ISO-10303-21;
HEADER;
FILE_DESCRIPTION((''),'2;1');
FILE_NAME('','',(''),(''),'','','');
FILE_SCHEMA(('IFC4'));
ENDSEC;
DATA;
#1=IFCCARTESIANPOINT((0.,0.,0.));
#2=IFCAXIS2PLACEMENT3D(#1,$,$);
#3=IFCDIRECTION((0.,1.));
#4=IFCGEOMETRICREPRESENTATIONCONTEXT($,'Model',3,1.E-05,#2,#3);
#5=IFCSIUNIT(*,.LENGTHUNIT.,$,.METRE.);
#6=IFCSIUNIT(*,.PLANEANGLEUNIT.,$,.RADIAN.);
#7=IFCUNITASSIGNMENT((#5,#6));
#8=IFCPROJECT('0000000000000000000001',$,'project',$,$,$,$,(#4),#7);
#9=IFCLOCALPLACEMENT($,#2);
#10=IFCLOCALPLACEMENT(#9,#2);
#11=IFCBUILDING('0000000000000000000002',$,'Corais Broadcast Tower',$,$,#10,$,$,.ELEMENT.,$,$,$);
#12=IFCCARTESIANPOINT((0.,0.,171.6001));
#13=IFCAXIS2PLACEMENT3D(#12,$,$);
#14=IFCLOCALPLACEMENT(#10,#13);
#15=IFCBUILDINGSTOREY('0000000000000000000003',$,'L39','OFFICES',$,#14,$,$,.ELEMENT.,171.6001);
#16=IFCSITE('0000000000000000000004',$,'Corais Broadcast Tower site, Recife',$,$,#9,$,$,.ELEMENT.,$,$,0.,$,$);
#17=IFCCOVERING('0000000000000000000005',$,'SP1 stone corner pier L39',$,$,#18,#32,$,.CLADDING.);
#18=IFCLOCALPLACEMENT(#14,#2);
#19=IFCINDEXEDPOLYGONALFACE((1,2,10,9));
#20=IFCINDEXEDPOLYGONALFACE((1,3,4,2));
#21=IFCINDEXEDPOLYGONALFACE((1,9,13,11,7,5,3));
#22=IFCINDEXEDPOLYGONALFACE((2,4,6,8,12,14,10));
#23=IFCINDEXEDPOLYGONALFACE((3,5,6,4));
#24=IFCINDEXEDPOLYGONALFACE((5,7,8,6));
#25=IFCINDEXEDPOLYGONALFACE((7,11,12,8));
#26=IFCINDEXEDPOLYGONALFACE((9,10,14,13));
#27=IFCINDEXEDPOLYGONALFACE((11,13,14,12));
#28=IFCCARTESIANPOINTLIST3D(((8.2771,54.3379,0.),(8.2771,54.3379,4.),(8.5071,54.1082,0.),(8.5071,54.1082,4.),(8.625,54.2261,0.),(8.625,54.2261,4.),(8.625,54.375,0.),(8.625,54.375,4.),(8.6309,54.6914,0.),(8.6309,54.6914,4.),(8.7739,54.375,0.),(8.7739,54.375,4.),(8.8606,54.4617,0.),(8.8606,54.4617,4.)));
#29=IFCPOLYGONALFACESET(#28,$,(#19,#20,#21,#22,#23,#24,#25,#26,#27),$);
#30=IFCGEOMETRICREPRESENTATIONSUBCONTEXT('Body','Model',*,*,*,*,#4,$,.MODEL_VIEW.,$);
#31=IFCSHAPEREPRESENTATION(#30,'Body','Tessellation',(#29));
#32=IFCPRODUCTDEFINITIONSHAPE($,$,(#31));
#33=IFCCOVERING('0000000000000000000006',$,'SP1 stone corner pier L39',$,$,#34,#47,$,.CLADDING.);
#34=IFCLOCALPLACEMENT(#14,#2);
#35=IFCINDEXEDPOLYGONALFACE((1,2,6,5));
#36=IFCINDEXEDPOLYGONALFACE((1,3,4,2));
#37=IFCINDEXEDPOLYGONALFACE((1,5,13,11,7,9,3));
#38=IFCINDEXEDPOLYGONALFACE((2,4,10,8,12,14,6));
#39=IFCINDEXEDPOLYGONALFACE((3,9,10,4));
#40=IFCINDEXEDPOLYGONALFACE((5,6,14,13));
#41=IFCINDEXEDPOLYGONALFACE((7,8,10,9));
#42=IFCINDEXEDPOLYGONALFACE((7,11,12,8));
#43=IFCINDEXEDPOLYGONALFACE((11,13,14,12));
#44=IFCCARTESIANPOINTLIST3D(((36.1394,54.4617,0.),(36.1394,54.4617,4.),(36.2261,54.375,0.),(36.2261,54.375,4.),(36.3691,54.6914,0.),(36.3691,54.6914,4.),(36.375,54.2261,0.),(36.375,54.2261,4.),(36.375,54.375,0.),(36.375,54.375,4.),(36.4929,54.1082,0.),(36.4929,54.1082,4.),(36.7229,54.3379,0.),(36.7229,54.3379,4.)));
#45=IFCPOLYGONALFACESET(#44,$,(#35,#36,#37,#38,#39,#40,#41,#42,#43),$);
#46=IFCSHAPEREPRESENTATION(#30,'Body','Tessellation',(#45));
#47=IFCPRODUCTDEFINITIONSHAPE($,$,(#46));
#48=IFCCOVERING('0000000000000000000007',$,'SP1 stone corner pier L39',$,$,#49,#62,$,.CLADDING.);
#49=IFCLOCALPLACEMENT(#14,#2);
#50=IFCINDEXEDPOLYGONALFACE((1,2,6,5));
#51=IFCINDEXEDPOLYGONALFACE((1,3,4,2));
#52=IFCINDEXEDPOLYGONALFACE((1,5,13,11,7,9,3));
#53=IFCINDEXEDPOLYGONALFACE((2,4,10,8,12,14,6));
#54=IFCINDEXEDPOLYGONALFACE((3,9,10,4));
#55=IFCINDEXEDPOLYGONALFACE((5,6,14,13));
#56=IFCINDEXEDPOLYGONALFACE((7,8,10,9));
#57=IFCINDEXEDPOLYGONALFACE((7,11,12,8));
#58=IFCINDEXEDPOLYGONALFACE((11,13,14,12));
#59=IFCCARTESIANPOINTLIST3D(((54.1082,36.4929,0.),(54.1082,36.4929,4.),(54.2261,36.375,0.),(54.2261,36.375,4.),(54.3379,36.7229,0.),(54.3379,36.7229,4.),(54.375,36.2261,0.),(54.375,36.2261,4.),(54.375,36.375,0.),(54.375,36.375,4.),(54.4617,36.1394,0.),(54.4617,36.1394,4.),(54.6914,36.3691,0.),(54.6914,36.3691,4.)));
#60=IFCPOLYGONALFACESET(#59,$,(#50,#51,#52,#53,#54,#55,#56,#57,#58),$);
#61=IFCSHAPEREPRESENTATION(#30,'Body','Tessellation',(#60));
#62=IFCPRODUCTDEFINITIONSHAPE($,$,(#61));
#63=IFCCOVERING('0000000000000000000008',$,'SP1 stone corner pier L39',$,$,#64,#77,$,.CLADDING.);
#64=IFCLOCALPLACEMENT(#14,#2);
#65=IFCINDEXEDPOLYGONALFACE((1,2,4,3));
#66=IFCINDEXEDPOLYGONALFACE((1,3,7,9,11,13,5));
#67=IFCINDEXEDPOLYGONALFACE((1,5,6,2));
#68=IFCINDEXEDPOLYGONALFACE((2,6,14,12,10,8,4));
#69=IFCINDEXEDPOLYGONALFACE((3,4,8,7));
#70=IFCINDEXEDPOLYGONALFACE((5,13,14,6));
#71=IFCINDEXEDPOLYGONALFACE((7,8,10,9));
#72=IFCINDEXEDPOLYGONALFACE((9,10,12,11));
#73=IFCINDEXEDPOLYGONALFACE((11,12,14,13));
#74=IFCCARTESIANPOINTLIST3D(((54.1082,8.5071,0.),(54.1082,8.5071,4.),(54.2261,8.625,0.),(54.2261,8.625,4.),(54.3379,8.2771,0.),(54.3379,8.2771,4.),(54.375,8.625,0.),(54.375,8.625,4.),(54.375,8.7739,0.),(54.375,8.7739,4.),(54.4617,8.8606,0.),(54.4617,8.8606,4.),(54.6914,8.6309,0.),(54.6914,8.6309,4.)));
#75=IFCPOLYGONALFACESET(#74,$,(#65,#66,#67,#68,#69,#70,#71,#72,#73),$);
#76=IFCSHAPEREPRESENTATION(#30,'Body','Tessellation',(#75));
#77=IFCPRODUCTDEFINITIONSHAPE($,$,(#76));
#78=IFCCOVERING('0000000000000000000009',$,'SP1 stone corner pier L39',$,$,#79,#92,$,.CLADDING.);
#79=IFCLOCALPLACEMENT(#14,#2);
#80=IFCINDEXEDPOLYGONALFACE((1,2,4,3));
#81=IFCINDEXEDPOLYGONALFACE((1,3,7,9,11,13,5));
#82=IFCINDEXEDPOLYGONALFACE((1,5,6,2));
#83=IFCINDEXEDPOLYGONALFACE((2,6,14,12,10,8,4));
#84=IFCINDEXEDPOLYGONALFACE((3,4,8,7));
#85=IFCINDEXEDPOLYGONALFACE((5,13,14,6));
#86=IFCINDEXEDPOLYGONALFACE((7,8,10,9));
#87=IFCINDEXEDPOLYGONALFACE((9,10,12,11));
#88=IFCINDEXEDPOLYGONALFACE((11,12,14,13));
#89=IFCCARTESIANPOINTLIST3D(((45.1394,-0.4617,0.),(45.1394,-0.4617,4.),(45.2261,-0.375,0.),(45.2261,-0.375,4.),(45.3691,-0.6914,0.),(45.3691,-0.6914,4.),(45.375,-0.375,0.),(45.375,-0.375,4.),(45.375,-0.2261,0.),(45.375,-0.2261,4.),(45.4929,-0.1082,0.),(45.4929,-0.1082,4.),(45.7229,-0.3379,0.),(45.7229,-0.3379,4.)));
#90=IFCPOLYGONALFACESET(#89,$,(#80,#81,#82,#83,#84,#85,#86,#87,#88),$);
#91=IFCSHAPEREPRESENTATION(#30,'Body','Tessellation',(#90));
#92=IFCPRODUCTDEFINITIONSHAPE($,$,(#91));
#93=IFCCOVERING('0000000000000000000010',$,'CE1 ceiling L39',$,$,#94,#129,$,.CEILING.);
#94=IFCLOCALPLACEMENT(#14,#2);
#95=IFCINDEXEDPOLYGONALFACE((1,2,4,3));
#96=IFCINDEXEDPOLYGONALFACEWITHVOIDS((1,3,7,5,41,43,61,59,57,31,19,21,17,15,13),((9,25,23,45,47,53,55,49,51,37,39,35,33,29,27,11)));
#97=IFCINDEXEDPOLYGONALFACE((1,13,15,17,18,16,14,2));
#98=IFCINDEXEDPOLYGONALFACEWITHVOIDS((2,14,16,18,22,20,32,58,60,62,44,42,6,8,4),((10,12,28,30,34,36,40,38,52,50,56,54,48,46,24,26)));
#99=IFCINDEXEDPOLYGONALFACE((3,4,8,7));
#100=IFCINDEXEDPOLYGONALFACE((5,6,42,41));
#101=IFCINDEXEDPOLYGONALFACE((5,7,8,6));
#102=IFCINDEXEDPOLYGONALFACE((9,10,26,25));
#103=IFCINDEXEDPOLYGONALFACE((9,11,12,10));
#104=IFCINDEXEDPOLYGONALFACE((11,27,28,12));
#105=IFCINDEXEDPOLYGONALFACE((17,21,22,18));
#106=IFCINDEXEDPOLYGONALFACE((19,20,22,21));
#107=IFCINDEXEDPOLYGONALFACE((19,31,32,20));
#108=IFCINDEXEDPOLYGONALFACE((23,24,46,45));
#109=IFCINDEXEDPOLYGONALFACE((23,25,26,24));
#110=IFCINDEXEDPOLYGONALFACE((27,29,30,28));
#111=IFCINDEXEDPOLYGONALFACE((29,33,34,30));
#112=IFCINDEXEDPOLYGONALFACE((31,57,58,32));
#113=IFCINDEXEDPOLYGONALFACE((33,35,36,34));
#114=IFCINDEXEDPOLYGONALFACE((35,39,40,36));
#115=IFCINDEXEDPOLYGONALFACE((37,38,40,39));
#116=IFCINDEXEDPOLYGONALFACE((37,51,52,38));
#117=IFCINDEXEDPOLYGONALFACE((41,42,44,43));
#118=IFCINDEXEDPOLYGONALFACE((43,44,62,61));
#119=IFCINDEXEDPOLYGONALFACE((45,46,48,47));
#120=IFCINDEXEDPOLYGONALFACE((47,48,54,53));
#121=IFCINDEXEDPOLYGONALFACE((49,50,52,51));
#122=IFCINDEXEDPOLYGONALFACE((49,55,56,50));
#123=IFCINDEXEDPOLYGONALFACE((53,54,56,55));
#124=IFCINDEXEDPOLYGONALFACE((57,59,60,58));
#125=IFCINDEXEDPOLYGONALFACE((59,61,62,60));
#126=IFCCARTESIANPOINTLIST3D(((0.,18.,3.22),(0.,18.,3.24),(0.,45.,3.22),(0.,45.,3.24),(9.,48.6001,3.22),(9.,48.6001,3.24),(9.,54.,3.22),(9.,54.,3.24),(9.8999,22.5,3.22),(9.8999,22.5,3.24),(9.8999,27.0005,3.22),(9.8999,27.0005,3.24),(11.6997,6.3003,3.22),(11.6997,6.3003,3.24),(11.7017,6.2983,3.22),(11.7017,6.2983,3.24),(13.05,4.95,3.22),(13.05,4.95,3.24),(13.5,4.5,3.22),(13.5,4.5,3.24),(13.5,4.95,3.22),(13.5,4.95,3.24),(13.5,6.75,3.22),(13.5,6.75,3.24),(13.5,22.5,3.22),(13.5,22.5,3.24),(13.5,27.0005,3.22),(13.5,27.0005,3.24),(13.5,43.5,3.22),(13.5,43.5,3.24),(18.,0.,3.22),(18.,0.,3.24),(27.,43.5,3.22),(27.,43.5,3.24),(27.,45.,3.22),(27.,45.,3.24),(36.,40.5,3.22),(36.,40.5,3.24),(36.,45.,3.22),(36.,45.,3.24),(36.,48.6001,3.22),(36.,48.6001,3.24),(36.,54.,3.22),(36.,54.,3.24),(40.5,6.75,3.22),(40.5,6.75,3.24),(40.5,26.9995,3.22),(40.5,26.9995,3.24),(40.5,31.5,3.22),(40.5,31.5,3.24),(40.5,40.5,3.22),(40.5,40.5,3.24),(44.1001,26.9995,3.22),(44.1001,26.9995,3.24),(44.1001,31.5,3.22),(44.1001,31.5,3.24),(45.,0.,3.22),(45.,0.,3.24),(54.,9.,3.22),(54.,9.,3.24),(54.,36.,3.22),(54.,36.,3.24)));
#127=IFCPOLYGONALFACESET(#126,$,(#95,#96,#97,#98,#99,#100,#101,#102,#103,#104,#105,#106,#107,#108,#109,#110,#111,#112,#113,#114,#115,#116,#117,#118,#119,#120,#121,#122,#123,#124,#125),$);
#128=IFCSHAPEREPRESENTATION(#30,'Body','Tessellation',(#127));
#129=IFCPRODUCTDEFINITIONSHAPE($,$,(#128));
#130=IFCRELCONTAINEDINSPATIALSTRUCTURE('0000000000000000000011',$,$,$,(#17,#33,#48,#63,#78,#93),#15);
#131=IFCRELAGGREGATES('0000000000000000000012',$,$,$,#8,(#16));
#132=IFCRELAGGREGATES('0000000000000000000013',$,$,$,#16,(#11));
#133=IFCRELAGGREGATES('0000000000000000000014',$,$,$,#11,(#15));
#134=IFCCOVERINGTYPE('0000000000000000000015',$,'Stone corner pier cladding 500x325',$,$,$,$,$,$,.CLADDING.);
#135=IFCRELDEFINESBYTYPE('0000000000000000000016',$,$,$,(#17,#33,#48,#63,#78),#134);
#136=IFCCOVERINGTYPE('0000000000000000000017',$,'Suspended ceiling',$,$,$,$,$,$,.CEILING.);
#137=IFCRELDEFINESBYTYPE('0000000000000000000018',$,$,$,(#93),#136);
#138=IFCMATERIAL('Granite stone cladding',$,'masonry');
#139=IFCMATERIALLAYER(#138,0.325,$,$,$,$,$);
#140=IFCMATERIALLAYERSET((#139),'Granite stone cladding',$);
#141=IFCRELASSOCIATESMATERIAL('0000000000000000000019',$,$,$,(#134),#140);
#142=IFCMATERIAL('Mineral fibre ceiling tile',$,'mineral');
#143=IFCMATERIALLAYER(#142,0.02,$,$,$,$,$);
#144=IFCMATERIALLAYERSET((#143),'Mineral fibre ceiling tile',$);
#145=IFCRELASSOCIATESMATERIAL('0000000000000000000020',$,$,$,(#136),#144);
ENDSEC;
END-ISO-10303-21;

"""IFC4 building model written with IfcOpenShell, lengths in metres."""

from ifc_helpers import new_model, si_unit, direction, frame, origin, place, context, subcontext, project, spatial, polyline, outline, extrude, material, layer, layer_set, type_object, element, save


model = new_model("IFC4")

# Units and contexts
model_context = context("Model", 3, precision=1e-05, world=origin(), true_north=direction((0.0, 1.0)))
body_context = subcontext(model_context, "Body", "Model", "MODEL_VIEW")
ifc_project = project(units=[si_unit("LENGTHUNIT", "METRE"), si_unit("PLANEANGLEUNIT", "RADIAN")], contexts=[model_context])

# Site, building, storey
site_placement = place(None, origin())
site = spatial("IfcSite", under=ifc_project, at=site_placement, Name="Corais Broadcast Tower site, Recife", CompositionType="ELEMENT", RefElevation=0.0)
building_placement = place(site_placement, origin())
building = spatial("IfcBuilding", under=site, at=building_placement, Name="Corais Broadcast Tower", CompositionType="ELEMENT")
storey_placement = place(building_placement, frame((0.0, 0.0, 171.6001)))
storey = spatial("IfcBuildingStorey", under=building, at=storey_placement, Name="L39", Description="OFFICES", CompositionType="ELEMENT", Elevation=171.6001)

# Coverings
ifc_material_1 = material(Name="Granite stone cladding", Category="masonry")
ifc_layer_1 = layer(ifc_material_1, 0.325)
ifc_layer_set_1 = layer_set([ifc_layer_1], Name="Granite stone cladding")
covering_type_1 = type_object("IfcCoveringType", Name="Stone corner pier cladding 500x325", PredefinedType="CLADDING", material=ifc_layer_set_1)
covering_1_placement = place(storey_placement, origin())
element("IfcCovering", 1, at=covering_1_placement, inside=storey, type_object=covering_type_1, Name="SP1 stone corner pier L39", PredefinedType="CLADDING", context=body_context, shape_type="SweptSolid", body=[
    extrude(outline(polyline([(8.7739, 54.375), (8.8606, 54.4617), (8.6309, 54.6914), (8.2771, 54.3379), (8.5071, 54.1082), (8.625, 54.2261), (8.625, 54.375), (8.7739, 54.375)])), origin(), (0.0, 0.0, 1.0), 4.0),
])
covering_2_placement = place(storey_placement, origin())
element("IfcCovering", 2, at=covering_2_placement, inside=storey, type_object=covering_type_1, Name="SP1 stone corner pier L39", PredefinedType="CLADDING", context=body_context, shape_type="SweptSolid", body=[
    extrude(outline(polyline([(36.1394, 54.4617), (36.2261, 54.375), (36.375, 54.375), (36.375, 54.2261), (36.4929, 54.1082), (36.7229, 54.3379), (36.3691, 54.6914), (36.1394, 54.4617)])), origin(), (0.0, 0.0, 1.0), 4.0),
])
covering_3_placement = place(storey_placement, origin())
element("IfcCovering", 3, at=covering_3_placement, inside=storey, type_object=covering_type_1, Name="SP1 stone corner pier L39", PredefinedType="CLADDING", context=body_context, shape_type="SweptSolid", body=[
    extrude(outline(polyline([(54.375, 36.2261), (54.4617, 36.1394), (54.6914, 36.3691), (54.3379, 36.7229), (54.1082, 36.4929), (54.2261, 36.375), (54.375, 36.375), (54.375, 36.2261)])), origin(), (0.0, 0.0, 1.0), 4.0),
])
covering_4_placement = place(storey_placement, origin())
element("IfcCovering", 4, at=covering_4_placement, inside=storey, type_object=covering_type_1, Name="SP1 stone corner pier L39", PredefinedType="CLADDING", context=body_context, shape_type="SweptSolid", body=[
    extrude(outline(polyline([(54.4617, 8.8606), (54.375, 8.7739), (54.375, 8.625), (54.2261, 8.625), (54.1082, 8.5071), (54.3379, 8.2771), (54.6914, 8.6309), (54.4617, 8.8606)])), origin(), (0.0, 0.0, 1.0), 4.0),
])
covering_5_placement = place(storey_placement, origin())
element("IfcCovering", 5, at=covering_5_placement, inside=storey, type_object=covering_type_1, Name="SP1 stone corner pier L39", PredefinedType="CLADDING", context=body_context, shape_type="SweptSolid", body=[
    extrude(outline(polyline([(45.2261, -0.375), (45.1394, -0.4617), (45.3691, -0.6914), (45.7229, -0.3379), (45.4929, -0.1082), (45.375, -0.2261), (45.375, -0.375), (45.2261, -0.375)])), origin(), (0.0, 0.0, 1.0), 4.0),
])
ifc_material_2 = material(Name="Mineral fibre ceiling tile", Category="mineral")
ifc_layer_2 = layer(ifc_material_2, 0.02)
ifc_layer_set_2 = layer_set([ifc_layer_2], Name="Mineral fibre ceiling tile")
covering_type_2 = type_object("IfcCoveringType", Name="Suspended ceiling", PredefinedType="CEILING", material=ifc_layer_set_2)
covering_6_placement = place(storey_placement, frame((0.0, 0.0, 3.22)))
element("IfcCovering", 6, at=covering_6_placement, inside=storey, type_object=covering_type_2, Name="CE1 ceiling L39", PredefinedType="CEILING", context=body_context, shape_type="SweptSolid", body=[
    extrude(outline(polyline([(54.0, 9.0), (45.0, 0.0), (18.0, 0.0), (13.5, 4.5), (13.5, 4.95), (13.05, 4.95), (11.7017, 6.2983), (11.6997, 6.3003), (0.0, 18.0), (0.0, 45.0), (9.0, 54.0), (9.0, 48.6001), (36.0, 48.6001), (36.0, 54.0), (54.0, 36.0), (54.0, 9.0)]), holes=[polyline([(9.8999, 22.5), (13.5, 22.5), (13.5, 6.75), (40.5, 6.75), (40.5, 26.9995), (44.1001, 26.9995), (44.1001, 31.5), (40.5, 31.5), (40.5, 40.5), (36.0, 40.5), (36.0, 45.0), (27.0, 45.0), (27.0, 43.5), (13.5, 43.5), (13.5, 27.0005), (9.8999, 27.0005), (9.8999, 22.5)])]), origin(), (0.0, 0.0, 1.0), 0.02),
])

save(model, "model.ifc")
